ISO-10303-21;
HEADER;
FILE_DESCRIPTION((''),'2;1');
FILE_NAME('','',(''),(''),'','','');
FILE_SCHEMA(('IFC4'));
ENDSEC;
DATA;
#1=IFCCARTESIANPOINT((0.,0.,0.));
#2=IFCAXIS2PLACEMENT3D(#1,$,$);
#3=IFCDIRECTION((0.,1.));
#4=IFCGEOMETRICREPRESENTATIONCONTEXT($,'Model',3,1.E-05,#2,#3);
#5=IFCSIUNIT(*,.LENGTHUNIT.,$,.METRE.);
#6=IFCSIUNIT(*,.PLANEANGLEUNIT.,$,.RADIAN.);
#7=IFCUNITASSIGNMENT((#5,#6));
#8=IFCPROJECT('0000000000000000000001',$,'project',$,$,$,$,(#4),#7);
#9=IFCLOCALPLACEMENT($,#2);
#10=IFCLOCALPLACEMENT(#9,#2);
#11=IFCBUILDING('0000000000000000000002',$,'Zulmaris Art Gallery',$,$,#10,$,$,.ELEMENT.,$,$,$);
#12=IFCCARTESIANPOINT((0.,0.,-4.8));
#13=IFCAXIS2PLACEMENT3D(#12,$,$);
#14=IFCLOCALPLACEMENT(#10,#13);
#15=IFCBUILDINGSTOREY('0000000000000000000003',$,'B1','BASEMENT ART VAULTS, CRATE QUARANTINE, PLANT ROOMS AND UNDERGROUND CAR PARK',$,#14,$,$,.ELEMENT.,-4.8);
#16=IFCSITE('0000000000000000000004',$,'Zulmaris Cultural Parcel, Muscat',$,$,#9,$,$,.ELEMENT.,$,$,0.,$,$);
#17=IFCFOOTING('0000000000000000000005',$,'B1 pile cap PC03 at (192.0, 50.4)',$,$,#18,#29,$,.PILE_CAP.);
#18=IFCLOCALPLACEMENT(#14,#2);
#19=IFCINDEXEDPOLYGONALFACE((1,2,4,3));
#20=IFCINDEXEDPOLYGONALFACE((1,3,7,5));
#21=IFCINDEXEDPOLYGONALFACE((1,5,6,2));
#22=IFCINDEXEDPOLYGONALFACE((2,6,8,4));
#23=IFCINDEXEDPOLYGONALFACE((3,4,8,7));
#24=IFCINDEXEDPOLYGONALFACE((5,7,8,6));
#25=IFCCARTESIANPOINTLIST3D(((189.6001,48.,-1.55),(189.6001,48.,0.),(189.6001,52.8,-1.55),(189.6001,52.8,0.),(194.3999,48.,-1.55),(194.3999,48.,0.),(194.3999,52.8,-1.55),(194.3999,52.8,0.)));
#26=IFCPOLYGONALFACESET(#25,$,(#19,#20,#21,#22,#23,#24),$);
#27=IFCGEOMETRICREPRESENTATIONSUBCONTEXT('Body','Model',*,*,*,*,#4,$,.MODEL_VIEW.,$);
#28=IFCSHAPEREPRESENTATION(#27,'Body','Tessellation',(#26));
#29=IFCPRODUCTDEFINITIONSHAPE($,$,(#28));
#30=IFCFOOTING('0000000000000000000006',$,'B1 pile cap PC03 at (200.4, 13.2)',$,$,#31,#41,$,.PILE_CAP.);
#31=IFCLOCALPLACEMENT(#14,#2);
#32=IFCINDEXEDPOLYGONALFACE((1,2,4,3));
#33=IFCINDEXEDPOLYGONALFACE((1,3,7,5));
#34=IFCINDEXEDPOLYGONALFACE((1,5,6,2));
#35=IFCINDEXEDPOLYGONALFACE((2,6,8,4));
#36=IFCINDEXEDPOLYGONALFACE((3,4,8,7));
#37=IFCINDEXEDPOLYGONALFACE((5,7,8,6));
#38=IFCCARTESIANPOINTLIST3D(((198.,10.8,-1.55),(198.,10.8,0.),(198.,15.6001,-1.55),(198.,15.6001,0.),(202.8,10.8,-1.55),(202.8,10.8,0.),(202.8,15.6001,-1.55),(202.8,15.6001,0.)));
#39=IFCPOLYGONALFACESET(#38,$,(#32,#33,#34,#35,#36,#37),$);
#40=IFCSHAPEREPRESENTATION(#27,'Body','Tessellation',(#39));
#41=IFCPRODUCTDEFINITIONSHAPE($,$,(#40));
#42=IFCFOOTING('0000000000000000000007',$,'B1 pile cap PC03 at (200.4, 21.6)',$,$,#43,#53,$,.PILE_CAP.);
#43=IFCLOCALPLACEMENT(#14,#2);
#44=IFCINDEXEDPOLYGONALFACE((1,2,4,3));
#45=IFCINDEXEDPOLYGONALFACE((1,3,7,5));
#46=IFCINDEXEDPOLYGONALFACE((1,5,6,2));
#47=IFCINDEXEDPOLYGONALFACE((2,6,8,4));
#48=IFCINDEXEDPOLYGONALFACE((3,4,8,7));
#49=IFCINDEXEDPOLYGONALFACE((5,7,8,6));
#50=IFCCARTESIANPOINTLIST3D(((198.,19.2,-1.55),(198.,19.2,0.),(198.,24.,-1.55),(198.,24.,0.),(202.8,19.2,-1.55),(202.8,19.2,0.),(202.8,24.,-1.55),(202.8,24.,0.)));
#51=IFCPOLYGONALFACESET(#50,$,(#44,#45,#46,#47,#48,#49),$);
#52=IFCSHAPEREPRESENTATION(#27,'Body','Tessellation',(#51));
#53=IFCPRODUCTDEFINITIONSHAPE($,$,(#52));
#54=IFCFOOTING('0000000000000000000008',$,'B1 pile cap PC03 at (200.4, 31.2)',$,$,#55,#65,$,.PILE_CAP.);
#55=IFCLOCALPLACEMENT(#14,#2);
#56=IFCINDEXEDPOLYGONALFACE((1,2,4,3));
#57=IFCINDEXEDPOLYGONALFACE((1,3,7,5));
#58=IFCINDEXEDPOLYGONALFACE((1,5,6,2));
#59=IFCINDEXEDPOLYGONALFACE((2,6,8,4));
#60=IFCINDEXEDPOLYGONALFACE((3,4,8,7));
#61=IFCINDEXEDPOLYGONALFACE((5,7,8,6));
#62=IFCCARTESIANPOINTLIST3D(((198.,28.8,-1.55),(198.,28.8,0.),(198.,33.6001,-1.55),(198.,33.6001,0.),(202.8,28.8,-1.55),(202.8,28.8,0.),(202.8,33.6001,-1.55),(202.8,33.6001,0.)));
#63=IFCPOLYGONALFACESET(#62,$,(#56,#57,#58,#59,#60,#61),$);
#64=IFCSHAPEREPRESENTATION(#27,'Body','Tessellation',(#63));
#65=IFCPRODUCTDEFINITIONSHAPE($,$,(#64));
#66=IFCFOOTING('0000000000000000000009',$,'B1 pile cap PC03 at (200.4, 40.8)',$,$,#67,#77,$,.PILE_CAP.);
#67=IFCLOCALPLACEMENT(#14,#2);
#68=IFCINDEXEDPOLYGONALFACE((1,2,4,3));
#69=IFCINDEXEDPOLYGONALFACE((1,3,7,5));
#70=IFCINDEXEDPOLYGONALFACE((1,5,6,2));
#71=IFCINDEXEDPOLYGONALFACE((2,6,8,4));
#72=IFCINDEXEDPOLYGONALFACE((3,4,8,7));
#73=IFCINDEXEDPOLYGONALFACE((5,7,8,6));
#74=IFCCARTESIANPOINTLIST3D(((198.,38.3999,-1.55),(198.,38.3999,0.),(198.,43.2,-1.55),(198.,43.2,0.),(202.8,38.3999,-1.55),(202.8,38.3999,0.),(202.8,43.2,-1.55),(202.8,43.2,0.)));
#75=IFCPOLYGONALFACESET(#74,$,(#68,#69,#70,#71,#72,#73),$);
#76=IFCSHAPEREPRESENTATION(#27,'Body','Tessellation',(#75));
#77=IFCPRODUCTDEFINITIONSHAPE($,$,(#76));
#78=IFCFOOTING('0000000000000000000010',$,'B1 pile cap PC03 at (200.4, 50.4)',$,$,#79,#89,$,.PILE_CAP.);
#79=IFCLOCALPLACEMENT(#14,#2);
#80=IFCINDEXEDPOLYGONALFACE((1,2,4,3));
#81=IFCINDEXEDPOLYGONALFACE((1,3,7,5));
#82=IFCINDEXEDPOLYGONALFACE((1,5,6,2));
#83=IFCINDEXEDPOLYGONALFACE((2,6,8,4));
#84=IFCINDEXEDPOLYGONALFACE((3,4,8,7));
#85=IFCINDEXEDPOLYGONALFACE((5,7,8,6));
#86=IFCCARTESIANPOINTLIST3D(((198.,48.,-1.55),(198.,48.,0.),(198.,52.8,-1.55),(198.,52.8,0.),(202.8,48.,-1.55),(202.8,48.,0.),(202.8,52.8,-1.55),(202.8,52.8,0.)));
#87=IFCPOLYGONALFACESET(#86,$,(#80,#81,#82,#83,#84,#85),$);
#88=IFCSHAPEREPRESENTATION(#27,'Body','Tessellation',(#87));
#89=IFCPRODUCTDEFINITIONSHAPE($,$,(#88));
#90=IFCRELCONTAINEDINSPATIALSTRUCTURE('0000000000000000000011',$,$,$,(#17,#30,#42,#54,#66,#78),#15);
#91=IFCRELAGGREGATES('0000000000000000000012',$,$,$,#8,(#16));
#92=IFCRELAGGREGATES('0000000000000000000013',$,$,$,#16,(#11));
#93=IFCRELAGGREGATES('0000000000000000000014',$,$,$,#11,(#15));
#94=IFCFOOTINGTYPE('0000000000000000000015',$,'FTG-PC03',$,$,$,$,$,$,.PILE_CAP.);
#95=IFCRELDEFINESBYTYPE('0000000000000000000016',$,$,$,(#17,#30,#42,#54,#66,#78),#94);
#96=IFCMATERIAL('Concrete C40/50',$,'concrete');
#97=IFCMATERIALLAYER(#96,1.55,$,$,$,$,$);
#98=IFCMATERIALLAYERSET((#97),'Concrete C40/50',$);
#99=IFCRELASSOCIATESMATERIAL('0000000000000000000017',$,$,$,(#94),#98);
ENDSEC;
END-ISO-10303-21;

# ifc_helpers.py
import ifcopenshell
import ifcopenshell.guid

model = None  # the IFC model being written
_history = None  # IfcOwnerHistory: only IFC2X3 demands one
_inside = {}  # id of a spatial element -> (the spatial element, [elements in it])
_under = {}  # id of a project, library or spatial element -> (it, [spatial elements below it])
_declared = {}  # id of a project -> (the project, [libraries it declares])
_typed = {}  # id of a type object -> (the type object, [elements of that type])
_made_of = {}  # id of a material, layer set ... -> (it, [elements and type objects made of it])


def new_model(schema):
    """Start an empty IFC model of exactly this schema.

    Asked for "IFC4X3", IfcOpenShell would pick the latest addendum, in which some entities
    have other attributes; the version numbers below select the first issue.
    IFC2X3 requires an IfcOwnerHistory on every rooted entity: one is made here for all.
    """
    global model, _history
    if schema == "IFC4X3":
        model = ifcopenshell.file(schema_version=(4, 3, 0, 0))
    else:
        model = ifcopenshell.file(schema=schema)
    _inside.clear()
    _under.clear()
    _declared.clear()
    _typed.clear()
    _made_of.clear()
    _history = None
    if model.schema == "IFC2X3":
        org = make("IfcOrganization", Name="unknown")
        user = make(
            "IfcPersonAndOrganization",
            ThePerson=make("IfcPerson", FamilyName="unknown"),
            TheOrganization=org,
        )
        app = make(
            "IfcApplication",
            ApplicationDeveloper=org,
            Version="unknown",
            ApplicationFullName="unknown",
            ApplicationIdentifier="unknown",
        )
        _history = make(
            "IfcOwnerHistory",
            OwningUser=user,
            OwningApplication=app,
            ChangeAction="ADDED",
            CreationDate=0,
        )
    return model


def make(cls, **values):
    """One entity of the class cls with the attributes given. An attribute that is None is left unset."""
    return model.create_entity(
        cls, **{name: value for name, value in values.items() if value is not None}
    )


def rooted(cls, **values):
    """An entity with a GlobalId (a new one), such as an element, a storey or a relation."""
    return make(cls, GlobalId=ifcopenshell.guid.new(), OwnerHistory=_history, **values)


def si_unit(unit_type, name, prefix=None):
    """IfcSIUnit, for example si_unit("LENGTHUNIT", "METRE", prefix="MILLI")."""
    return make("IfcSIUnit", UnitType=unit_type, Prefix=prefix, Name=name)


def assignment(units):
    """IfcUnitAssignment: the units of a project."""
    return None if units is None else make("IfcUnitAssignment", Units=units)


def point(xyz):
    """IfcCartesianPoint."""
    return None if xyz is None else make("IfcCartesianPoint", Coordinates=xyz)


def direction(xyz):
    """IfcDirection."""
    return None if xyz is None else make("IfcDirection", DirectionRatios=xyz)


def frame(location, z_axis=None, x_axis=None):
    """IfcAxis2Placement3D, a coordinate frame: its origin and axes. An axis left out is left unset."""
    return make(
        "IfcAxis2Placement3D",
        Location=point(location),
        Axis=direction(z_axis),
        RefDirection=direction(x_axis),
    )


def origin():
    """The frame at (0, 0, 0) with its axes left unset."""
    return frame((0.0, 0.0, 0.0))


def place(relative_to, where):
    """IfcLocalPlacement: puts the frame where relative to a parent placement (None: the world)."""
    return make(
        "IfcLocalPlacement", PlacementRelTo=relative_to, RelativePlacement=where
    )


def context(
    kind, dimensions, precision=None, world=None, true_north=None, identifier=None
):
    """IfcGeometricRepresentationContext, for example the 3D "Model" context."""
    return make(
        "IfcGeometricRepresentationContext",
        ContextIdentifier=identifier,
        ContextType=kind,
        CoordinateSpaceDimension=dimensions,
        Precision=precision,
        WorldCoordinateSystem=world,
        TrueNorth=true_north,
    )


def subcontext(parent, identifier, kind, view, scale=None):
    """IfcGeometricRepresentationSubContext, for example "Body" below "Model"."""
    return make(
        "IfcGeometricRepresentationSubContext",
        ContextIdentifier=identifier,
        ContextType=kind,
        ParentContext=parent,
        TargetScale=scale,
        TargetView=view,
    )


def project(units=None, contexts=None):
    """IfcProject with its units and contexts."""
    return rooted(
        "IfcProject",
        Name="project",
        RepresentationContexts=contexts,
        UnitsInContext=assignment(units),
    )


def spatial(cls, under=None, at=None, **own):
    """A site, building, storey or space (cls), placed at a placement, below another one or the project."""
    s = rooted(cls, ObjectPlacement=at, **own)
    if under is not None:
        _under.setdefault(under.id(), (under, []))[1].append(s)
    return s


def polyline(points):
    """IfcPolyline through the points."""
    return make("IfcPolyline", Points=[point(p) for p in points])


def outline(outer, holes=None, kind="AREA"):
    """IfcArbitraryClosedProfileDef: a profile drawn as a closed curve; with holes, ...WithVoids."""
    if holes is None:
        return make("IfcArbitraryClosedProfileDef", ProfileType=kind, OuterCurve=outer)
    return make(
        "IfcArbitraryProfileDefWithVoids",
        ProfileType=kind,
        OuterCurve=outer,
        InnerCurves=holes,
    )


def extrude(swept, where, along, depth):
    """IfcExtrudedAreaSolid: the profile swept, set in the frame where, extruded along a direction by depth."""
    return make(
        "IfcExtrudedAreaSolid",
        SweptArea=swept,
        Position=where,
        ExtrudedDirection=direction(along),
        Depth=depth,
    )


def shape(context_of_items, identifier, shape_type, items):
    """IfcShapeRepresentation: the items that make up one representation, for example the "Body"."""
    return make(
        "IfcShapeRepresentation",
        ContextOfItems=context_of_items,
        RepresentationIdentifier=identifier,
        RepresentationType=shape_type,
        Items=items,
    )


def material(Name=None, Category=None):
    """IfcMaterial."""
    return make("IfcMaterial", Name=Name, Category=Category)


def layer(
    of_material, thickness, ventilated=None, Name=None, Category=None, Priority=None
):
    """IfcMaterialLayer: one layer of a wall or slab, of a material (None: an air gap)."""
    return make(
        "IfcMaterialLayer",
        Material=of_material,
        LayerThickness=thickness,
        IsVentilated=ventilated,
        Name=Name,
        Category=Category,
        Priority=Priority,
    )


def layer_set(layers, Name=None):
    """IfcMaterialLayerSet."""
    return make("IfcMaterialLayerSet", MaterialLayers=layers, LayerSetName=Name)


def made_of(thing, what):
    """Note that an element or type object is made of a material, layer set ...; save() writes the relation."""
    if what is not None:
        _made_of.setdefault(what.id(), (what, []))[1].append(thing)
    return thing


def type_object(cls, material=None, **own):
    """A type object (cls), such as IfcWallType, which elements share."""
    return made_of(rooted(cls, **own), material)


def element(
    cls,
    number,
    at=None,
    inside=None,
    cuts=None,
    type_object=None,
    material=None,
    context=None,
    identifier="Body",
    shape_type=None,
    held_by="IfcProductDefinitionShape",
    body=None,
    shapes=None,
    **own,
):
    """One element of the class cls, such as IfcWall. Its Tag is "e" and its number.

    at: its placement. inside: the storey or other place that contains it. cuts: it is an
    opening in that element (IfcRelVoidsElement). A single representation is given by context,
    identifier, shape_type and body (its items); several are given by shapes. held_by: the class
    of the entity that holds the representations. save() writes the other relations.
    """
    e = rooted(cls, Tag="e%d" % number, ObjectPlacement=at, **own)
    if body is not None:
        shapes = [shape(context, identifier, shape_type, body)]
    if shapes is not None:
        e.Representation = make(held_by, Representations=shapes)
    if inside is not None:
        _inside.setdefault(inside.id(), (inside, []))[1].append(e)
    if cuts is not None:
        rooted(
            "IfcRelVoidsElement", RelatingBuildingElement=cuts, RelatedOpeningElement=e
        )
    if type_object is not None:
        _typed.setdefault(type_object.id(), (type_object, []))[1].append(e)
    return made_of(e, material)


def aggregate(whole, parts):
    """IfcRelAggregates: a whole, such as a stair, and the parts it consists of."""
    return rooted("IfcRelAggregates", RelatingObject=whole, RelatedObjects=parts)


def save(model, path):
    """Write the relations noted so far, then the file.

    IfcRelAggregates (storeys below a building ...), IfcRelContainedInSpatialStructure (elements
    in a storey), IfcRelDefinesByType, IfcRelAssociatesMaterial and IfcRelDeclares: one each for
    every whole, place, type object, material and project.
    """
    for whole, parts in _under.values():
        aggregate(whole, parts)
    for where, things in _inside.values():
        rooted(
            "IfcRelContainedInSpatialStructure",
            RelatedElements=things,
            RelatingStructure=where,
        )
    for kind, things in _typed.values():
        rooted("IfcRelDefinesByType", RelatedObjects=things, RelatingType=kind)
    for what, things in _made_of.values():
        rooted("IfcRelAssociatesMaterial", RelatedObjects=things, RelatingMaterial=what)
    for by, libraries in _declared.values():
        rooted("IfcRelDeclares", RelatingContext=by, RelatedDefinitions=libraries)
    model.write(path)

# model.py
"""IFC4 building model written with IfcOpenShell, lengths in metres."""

from ifc_helpers import new_model, si_unit, direction, frame, origin, place, context, subcontext, project, spatial, polyline, outline, extrude, material, layer, layer_set, type_object, element, save


model = new_model("IFC4")

# Units and contexts
model_context = context("Model", 3, precision=1e-05, world=origin(), true_north=direction((0.0, 1.0)))
body_context = subcontext(model_context, "Body", "Model", "MODEL_VIEW")
ifc_project = project(units=[si_unit("LENGTHUNIT", "METRE"), si_unit("PLANEANGLEUNIT", "RADIAN")], contexts=[model_context])

# Site, building, storey
site_placement = place(None, origin())
site = spatial("IfcSite", under=ifc_project, at=site_placement, Name="Zulmaris Cultural Parcel, Muscat", CompositionType="ELEMENT", RefElevation=0.0)
building_placement = place(site_placement, origin())
building = spatial("IfcBuilding", under=site, at=building_placement, Name="Zulmaris Art Gallery", CompositionType="ELEMENT")
storey_placement = place(building_placement, frame((0.0, 0.0, -4.8)))
storey = spatial("IfcBuildingStorey", under=building, at=storey_placement, Name="B1", Description="BASEMENT ART VAULTS, CRATE QUARANTINE, PLANT ROOMS AND UNDERGROUND CAR PARK", CompositionType="ELEMENT", Elevation=-4.8)

# Footings
ifc_material = material(Name="Concrete C40/50", Category="concrete")
ifc_layer_1 = layer(ifc_material, 1.55)
ifc_layer_set_1 = layer_set([ifc_layer_1], Name="Concrete C40/50")
footing_type_1 = type_object("IfcFootingType", Name="FTG-PC03", PredefinedType="PILE_CAP", material=ifc_layer_set_1)
footing_1_placement = place(storey_placement, frame((0.0, 0.0, -1.55)))
element("IfcFooting", 1, at=footing_1_placement, inside=storey, type_object=footing_type_1, Name="B1 pile cap PC03 at (192.0, 50.4)", PredefinedType="PILE_CAP", context=body_context, shape_type="SweptSolid", body=[
    extrude(outline(polyline([(189.6001, 48.0), (194.3999, 48.0), (194.3999, 52.8), (189.6001, 52.8), (189.6001, 48.0)])), origin(), (0.0, 0.0, 1.0), 1.55),
])
footing_2_placement = place(storey_placement, frame((0.0, 0.0, -1.55)))
element("IfcFooting", 2, at=footing_2_placement, inside=storey, type_object=footing_type_1, Name="B1 pile cap PC03 at (200.4, 13.2)", PredefinedType="PILE_CAP", context=body_context, shape_type="SweptSolid", body=[
    extrude(outline(polyline([(198.0, 10.8), (202.8, 10.8), (202.8, 15.6001), (198.0, 15.6001), (198.0, 10.8)])), origin(), (0.0, 0.0, 1.0), 1.55),
])
footing_3_placement = place(storey_placement, frame((0.0, 0.0, -1.55)))
element("IfcFooting", 3, at=footing_3_placement, inside=storey, type_object=footing_type_1, Name="B1 pile cap PC03 at (200.4, 21.6)", PredefinedType="PILE_CAP", context=body_context, shape_type="SweptSolid", body=[
    extrude(outline(polyline([(198.0, 19.2), (202.8, 19.2), (202.8, 24.0), (198.0, 24.0), (198.0, 19.2)])), origin(), (0.0, 0.0, 1.0), 1.55),
])
footing_4_placement = place(storey_placement, frame((0.0, 0.0, -1.55)))
element("IfcFooting", 4, at=footing_4_placement, inside=storey, type_object=footing_type_1, Name="B1 pile cap PC03 at (200.4, 31.2)", PredefinedType="PILE_CAP", context=body_context, shape_type="SweptSolid", body=[
    extrude(outline(polyline([(198.0, 28.8), (202.8, 28.8), (202.8, 33.6001), (198.0, 33.6001), (198.0, 28.8)])), origin(), (0.0, 0.0, 1.0), 1.55),
])
footing_5_placement = place(storey_placement, frame((0.0, 0.0, -1.55)))
element("IfcFooting", 5, at=footing_5_placement, inside=storey, type_object=footing_type_1, Name="B1 pile cap PC03 at (200.4, 40.8)", PredefinedType="PILE_CAP", context=body_context, shape_type="SweptSolid", body=[
    extrude(outline(polyline([(198.0, 38.3999), (202.8, 38.3999), (202.8, 43.2), (198.0, 43.2), (198.0, 38.3999)])), origin(), (0.0, 0.0, 1.0), 1.55),
])
footing_6_placement = place(storey_placement, frame((0.0, 0.0, -1.55)))
element("IfcFooting", 6, at=footing_6_placement, inside=storey, type_object=footing_type_1, Name="B1 pile cap PC03 at (200.4, 50.4)", PredefinedType="PILE_CAP", context=body_context, shape_type="SweptSolid", body=[
    extrude(outline(polyline([(198.0, 48.0), (202.8, 48.0), (202.8, 52.8), (198.0, 52.8), (198.0, 48.0)])), origin(), (0.0, 0.0, 1.0), 1.55),
])

save(model, "model.ifc")
